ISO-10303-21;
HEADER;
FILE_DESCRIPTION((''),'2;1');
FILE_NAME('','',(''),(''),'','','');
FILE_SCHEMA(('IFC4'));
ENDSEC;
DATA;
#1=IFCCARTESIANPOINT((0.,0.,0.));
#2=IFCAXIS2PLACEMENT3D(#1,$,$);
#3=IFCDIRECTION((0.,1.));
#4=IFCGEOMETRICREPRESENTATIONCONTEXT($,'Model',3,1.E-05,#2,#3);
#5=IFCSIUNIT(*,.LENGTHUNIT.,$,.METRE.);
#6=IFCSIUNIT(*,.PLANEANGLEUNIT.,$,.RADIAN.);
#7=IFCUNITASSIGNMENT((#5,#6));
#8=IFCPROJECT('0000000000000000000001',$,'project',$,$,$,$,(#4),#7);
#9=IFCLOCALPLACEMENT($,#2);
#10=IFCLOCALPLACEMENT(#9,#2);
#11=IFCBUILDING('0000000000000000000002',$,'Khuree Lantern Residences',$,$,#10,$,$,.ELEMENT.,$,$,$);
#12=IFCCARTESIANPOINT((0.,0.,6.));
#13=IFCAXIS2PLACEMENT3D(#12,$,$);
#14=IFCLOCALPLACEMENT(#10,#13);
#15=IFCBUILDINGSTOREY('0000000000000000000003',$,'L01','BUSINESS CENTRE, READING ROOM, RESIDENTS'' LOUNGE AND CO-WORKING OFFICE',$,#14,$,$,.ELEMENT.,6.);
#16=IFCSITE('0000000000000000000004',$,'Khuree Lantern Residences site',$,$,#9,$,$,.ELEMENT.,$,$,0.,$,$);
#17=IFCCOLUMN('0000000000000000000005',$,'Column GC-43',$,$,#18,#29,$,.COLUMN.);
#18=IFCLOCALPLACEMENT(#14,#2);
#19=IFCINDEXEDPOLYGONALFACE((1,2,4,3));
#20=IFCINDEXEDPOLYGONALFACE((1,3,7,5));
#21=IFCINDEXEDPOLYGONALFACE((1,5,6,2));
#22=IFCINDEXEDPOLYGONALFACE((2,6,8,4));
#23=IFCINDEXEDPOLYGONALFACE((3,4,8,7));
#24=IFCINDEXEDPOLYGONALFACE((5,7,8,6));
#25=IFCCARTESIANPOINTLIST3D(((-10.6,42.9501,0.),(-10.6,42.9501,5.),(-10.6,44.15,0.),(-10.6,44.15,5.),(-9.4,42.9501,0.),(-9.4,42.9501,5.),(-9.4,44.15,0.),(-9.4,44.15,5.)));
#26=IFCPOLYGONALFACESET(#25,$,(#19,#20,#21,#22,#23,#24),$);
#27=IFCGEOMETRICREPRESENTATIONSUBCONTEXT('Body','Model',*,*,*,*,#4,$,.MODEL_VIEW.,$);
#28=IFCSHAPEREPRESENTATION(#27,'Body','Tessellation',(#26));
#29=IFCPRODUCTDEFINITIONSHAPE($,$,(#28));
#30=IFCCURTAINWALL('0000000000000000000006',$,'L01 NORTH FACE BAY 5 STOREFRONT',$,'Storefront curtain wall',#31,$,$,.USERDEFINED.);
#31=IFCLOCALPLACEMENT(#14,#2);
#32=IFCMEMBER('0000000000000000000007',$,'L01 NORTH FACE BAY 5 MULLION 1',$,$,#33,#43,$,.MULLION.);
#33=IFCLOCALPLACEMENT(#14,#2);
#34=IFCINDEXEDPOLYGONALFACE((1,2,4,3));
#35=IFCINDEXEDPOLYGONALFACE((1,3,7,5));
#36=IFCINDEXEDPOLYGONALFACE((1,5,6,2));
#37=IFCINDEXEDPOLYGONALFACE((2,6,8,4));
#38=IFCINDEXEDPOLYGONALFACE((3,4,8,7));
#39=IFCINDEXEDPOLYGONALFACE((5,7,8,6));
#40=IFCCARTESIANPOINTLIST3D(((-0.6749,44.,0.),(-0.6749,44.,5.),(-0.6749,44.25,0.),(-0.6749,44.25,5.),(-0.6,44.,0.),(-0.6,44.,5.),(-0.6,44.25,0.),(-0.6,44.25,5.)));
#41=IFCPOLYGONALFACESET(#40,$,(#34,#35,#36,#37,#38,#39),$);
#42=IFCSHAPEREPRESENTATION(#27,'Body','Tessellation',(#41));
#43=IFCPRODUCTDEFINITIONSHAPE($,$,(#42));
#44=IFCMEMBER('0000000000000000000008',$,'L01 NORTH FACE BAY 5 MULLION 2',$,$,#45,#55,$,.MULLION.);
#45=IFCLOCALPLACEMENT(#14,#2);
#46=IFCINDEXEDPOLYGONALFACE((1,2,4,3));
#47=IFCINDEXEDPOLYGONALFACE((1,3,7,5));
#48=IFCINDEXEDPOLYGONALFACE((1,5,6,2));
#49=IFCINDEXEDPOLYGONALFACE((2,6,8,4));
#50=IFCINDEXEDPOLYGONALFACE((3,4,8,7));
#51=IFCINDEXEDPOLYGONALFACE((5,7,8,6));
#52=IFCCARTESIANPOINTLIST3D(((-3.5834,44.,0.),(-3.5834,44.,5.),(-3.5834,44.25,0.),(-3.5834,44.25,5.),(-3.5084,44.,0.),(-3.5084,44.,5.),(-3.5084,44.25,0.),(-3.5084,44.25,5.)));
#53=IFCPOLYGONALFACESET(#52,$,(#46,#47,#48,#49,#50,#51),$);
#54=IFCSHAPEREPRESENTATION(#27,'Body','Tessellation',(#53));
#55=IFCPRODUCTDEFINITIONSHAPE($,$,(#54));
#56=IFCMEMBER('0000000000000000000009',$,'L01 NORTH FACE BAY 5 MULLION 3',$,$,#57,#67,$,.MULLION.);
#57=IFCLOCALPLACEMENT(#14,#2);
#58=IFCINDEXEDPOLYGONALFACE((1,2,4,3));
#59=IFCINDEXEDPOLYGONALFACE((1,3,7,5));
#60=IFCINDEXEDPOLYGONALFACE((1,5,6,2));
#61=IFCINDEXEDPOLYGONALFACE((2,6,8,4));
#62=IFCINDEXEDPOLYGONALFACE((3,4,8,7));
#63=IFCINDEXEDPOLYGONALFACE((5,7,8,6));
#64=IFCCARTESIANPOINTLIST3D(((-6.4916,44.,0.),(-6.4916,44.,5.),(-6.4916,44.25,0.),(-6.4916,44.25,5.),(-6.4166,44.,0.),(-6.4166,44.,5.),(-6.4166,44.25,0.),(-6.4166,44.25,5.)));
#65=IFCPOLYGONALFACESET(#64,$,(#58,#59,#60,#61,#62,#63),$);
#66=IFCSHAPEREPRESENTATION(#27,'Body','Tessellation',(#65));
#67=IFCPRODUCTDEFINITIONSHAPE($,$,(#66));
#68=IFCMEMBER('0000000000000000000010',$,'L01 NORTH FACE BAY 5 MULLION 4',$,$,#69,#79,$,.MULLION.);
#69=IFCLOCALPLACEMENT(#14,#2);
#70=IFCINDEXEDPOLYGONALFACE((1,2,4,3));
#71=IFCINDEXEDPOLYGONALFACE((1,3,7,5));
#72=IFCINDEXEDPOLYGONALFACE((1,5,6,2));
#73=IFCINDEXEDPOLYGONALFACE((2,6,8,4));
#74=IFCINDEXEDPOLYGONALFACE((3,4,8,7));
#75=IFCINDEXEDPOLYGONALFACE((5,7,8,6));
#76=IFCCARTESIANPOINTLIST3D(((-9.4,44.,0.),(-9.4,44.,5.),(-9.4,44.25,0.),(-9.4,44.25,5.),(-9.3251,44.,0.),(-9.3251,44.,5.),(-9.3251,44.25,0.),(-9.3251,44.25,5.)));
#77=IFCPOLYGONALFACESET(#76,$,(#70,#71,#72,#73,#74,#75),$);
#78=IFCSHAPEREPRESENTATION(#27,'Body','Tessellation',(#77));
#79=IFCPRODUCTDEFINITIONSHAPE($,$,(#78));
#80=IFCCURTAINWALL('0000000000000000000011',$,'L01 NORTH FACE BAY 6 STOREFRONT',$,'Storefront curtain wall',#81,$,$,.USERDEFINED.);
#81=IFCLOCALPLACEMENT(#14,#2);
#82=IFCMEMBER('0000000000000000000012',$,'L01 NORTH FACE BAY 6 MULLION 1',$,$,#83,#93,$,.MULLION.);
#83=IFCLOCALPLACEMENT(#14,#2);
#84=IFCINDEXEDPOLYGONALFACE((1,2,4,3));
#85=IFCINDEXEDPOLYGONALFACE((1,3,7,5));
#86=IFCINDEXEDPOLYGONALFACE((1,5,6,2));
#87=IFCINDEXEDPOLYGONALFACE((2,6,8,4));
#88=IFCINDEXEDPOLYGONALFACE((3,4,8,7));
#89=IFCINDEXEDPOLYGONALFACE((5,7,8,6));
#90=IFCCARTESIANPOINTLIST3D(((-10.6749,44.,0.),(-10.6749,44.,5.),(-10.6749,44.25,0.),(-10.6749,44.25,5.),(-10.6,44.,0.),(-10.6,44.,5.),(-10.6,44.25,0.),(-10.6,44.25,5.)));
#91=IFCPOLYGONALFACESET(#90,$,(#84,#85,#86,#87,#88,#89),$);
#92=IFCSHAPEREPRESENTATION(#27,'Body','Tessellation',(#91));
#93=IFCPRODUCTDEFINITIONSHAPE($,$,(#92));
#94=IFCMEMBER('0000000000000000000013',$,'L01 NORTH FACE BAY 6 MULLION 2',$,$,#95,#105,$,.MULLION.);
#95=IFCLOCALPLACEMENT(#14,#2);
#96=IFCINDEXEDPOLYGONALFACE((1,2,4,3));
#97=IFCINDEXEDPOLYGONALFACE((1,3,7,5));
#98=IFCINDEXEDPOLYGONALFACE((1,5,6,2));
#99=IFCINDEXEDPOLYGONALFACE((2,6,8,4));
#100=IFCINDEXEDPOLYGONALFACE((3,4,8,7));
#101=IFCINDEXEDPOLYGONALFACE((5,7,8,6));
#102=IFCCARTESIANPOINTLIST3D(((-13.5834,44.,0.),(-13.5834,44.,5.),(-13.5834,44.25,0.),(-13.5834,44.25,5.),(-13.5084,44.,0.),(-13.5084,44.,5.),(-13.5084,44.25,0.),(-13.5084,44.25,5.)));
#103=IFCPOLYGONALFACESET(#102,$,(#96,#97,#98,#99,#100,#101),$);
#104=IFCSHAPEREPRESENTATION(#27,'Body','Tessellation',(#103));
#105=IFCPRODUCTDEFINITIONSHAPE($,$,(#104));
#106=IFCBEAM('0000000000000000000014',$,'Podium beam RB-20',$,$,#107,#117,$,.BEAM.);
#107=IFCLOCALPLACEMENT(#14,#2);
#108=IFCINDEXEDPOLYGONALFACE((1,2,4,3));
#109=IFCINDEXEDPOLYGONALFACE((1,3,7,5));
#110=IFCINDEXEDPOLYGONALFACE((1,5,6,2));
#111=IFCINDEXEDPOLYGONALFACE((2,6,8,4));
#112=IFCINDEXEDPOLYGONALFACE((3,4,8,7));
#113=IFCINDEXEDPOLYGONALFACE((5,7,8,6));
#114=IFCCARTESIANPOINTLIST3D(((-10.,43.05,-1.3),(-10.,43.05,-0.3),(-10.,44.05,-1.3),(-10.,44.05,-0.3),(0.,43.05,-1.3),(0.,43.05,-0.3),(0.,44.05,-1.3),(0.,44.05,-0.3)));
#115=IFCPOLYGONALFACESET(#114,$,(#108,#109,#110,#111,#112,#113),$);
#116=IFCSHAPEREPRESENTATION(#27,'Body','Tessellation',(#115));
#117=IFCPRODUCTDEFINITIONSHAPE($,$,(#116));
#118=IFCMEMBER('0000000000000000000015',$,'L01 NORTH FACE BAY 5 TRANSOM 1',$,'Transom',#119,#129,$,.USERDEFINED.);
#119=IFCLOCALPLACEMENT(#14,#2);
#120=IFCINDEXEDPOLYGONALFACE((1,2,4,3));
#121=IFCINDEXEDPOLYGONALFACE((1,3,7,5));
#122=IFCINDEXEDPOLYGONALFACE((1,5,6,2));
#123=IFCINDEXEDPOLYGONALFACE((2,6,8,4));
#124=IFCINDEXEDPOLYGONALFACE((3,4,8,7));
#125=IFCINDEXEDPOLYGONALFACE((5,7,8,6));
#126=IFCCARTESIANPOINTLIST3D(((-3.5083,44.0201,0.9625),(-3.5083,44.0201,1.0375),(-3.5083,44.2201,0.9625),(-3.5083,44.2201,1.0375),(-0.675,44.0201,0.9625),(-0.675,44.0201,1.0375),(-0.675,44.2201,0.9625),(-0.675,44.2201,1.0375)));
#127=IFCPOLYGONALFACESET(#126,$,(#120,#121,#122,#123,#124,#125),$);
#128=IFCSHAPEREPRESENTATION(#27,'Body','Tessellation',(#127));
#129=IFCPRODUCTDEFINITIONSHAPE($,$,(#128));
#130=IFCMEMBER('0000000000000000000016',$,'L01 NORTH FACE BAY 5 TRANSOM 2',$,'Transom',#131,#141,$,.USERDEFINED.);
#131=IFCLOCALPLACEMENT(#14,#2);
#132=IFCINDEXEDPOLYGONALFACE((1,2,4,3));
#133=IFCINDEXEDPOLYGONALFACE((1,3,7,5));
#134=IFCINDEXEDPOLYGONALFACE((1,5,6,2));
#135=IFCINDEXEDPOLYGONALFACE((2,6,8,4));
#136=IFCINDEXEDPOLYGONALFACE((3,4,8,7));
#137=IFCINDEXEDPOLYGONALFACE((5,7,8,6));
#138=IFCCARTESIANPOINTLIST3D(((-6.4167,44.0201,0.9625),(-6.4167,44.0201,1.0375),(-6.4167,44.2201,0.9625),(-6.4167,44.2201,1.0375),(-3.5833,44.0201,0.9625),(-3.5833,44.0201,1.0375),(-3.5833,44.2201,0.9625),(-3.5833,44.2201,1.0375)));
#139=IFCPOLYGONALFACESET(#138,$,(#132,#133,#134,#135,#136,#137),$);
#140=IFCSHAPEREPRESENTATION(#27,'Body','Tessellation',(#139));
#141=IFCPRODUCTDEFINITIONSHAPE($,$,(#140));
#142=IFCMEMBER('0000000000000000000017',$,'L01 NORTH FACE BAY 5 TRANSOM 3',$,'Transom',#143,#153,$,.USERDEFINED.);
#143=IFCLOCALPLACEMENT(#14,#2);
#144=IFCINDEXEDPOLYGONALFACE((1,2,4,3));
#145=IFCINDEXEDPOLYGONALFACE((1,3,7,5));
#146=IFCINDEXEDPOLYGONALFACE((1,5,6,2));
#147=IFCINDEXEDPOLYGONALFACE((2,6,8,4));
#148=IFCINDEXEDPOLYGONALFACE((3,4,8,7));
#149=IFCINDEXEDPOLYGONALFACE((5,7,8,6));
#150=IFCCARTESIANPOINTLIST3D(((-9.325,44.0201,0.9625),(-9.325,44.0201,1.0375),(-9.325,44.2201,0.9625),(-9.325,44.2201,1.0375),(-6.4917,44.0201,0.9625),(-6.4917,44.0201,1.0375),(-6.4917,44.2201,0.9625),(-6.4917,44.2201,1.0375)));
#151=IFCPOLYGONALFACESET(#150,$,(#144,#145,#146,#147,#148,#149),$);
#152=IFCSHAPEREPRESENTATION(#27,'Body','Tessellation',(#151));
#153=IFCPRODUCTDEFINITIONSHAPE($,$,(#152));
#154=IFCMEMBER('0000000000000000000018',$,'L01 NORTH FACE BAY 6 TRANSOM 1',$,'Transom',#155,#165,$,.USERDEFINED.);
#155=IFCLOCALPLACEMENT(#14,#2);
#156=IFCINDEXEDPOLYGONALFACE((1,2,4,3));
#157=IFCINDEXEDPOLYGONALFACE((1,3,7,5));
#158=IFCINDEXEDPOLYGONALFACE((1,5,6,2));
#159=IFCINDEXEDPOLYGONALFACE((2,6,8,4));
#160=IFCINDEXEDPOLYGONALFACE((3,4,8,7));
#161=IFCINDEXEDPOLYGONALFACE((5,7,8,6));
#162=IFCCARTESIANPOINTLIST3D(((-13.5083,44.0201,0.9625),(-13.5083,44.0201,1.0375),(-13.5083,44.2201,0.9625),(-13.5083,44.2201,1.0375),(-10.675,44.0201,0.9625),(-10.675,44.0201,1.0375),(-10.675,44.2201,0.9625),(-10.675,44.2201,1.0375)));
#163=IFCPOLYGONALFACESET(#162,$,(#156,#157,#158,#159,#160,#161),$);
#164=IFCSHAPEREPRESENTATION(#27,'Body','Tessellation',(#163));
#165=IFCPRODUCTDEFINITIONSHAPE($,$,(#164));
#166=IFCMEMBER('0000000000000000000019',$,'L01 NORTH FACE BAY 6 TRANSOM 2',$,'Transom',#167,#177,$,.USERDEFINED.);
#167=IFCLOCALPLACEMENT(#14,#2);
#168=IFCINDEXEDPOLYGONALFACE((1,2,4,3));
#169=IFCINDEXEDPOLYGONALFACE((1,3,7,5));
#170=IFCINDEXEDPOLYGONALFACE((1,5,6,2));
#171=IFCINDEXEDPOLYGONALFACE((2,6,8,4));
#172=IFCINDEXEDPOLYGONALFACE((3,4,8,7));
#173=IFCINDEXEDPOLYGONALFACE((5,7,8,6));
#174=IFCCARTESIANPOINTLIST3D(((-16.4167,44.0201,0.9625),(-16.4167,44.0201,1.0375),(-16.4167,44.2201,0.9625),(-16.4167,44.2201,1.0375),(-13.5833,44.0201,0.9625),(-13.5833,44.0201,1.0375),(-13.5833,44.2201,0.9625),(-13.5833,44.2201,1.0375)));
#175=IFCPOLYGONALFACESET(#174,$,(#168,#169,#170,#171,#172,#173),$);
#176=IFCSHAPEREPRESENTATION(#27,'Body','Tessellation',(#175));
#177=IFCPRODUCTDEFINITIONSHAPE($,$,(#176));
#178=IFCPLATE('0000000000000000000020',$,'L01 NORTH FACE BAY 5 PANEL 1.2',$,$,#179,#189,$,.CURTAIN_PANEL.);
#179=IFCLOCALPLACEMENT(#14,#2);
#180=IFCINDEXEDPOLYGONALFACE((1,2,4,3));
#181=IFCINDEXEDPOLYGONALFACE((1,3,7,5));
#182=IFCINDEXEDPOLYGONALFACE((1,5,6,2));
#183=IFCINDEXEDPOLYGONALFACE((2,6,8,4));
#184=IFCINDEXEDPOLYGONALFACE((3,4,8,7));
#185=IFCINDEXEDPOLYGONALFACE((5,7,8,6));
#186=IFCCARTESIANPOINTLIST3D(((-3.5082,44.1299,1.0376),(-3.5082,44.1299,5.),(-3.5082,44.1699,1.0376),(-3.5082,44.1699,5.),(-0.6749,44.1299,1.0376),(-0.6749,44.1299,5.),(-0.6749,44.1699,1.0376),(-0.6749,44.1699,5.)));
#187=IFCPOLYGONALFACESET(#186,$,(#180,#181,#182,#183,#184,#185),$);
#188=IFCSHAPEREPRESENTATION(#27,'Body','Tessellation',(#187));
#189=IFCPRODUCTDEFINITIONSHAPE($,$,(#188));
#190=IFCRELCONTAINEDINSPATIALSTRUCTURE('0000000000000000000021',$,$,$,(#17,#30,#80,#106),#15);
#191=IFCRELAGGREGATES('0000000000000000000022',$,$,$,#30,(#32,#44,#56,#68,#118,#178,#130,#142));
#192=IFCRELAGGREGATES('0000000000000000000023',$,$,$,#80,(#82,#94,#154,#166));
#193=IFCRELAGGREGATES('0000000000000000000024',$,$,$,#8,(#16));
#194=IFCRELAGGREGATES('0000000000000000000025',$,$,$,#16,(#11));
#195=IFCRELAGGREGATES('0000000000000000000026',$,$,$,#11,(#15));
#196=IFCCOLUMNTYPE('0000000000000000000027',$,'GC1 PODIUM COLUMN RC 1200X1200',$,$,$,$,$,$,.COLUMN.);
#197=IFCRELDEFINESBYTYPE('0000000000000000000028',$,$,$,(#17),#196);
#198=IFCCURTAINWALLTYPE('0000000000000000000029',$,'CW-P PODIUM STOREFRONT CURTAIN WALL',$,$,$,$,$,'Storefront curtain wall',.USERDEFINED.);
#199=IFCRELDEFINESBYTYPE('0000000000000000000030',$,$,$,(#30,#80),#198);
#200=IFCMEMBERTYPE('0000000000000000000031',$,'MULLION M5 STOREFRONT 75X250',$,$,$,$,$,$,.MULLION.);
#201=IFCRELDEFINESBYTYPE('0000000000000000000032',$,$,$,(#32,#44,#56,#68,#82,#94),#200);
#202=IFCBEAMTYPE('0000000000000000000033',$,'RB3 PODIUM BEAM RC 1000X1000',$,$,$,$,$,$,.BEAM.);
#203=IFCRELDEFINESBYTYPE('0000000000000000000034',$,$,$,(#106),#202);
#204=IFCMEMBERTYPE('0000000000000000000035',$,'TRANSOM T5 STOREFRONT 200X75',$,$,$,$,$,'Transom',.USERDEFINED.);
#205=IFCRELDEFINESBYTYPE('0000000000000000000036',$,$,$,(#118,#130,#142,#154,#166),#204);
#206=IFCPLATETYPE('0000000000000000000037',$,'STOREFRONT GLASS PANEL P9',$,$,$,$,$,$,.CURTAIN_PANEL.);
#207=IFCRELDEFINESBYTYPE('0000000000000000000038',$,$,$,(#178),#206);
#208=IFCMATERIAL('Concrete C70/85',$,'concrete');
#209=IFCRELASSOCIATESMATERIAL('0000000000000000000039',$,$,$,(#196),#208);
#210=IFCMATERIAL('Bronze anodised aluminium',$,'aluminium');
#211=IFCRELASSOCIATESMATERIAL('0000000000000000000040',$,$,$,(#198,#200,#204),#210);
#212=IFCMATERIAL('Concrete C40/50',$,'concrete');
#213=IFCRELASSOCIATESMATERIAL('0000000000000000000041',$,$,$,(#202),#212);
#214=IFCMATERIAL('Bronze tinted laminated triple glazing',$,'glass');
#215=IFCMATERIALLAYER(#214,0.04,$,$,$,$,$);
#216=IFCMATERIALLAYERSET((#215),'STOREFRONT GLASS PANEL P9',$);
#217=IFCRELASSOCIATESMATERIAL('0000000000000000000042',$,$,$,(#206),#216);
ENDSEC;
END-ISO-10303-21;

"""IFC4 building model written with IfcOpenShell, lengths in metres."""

from ifc_helpers import new_model, si_unit, direction, frame, origin, origin_2d, place, context, subcontext, project, spatial, rectangle, extrude, material, layer, layer_set, material_profile, profile_set, type_object, element, aggregate, save


model = new_model("IFC4")

# Units and contexts
model_context = context("Model", 3, precision=1e-05, world=origin(), true_north=direction((0.0, 1.0)))
body_context = subcontext(model_context, "Body", "Model", "MODEL_VIEW")
ifc_project = project(units=[si_unit("LENGTHUNIT", "METRE"), si_unit("PLANEANGLEUNIT", "RADIAN")], contexts=[model_context])

# Site, building, storey
site_placement = place(None, origin())
site = spatial("IfcSite", under=ifc_project, at=site_placement, Name="Khuree Lantern Residences site", CompositionType="ELEMENT", RefElevation=0.0)
building_placement = place(site_placement, origin())
building = spatial("IfcBuilding", under=site, at=building_placement, Name="Khuree Lantern Residences", CompositionType="ELEMENT")
storey_placement = place(building_placement, frame((0.0, 0.0, 6.0)))
storey = spatial("IfcBuildingStorey", under=building, at=storey_placement, Name="L01", Description="BUSINESS CENTRE, READING ROOM, RESIDENTS' LOUNGE AND CO-WORKING OFFICE", CompositionType="ELEMENT", Elevation=6.0)

# Column
ifc_material_1 = material(Name="Concrete C70/85", Category="concrete")
ifc_material_profile_1 = material_profile(ifc_material_1, rectangle(XDim=1.2, YDim=1.2, at=origin_2d()), Name="RC 1200X1200")
ifc_profile_set_1 = profile_set([ifc_material_profile_1], Name="Concrete C70/85")
column_type = type_object("IfcColumnType", Name="GC1 PODIUM COLUMN RC 1200X1200", PredefinedType="COLUMN", material=ifc_profile_set_1)
column_placement = place(storey_placement, frame((-10.0, 43.55, 0.0), z_axis=(0.0, 0.0, 1.0), x_axis=(1.0, 0.0, 0.0)))
element("IfcColumn", 1, at=column_placement, inside=storey, type_object=column_type, Name="Column GC-43", PredefinedType="COLUMN", context=body_context, shape_type="SweptSolid", body=[
    extrude(rectangle(XDim=1.2, YDim=1.2, at=origin_2d()), origin(), (0.0, 0.0, 1.0), 5.0),
])

# Curtain walls, members
ifc_material_2 = material(Name="Bronze anodised aluminium", Category="aluminium")
curtain_wall_type = type_object("IfcCurtainWallType", Name="CW-P PODIUM STOREFRONT CURTAIN WALL", ElementType="Storefront curtain wall", PredefinedType="USERDEFINED", material=ifc_material_2)
curtain_wall_1_placement = place(storey_placement, origin())
curtain_wall_1 = element("IfcCurtainWall", 2, at=curtain_wall_1_placement, inside=storey, type_object=curtain_wall_type, Name="L01 NORTH FACE BAY 5 STOREFRONT", ObjectType="Storefront curtain wall", PredefinedType="USERDEFINED")
ifc_material_profile_2 = material_profile(ifc_material_2, rectangle(XDim=0.075, YDim=0.25, at=origin_2d()), Name="M5 75X250")
ifc_profile_set_2 = profile_set([ifc_material_profile_2], Name="Bronze anodised aluminium")
member_type_1 = type_object("IfcMemberType", Name="MULLION M5 STOREFRONT 75X250", PredefinedType="MULLION", material=ifc_profile_set_2)
member_1_placement = place(storey_placement, frame((-0.6375, 44.125, 0.0), z_axis=(0.0, 0.0, 1.0), x_axis=(-1.0, 0.0, 0.0)))
member_1 = element("IfcMember", 3, at=member_1_placement, type_object=member_type_1, Name="L01 NORTH FACE BAY 5 MULLION 1", PredefinedType="MULLION", context=body_context, shape_type="SweptSolid", body=[
    extrude(rectangle(XDim=0.075, YDim=0.25, at=origin_2d()), origin(), (0.0, 0.0, 1.0), 5.0),
])
member_2_placement = place(storey_placement, frame((-3.5459, 44.125, 0.0), z_axis=(0.0, 0.0, 1.0), x_axis=(-1.0, 0.0, 0.0)))
member_2 = element("IfcMember", 4, at=member_2_placement, type_object=member_type_1, Name="L01 NORTH FACE BAY 5 MULLION 2", PredefinedType="MULLION", context=body_context, shape_type="SweptSolid", body=[
    extrude(rectangle(XDim=0.075, YDim=0.25, at=origin_2d()), origin(), (0.0, 0.0, 1.0), 5.0),
])
member_3_placement = place(storey_placement, frame((-6.4541, 44.125, 0.0), z_axis=(0.0, 0.0, 1.0), x_axis=(-1.0, 0.0, 0.0)))
member_3 = element("IfcMember", 5, at=member_3_placement, type_object=member_type_1, Name="L01 NORTH FACE BAY 5 MULLION 3", PredefinedType="MULLION", context=body_context, shape_type="SweptSolid", body=[
    extrude(rectangle(XDim=0.075, YDim=0.25, at=origin_2d()), origin(), (0.0, 0.0, 1.0), 5.0),
])
member_4_placement = place(storey_placement, frame((-9.3625, 44.125, 0.0), z_axis=(0.0, 0.0, 1.0), x_axis=(-1.0, 0.0, 0.0)))
member_4 = element("IfcMember", 6, at=member_4_placement, type_object=member_type_1, Name="L01 NORTH FACE BAY 5 MULLION 4", PredefinedType="MULLION", context=body_context, shape_type="SweptSolid", body=[
    extrude(rectangle(XDim=0.075, YDim=0.25, at=origin_2d()), origin(), (0.0, 0.0, 1.0), 5.0),
])
curtain_wall_2_placement = place(storey_placement, origin())
curtain_wall_2 = element("IfcCurtainWall", 7, at=curtain_wall_2_placement, inside=storey, type_object=curtain_wall_type, Name="L01 NORTH FACE BAY 6 STOREFRONT", ObjectType="Storefront curtain wall", PredefinedType="USERDEFINED")
member_5_placement = place(storey_placement, frame((-10.6375, 44.125, 0.0), z_axis=(0.0, 0.0, 1.0), x_axis=(-1.0, 0.0, 0.0)))
member_5 = element("IfcMember", 8, at=member_5_placement, type_object=member_type_1, Name="L01 NORTH FACE BAY 6 MULLION 1", PredefinedType="MULLION", context=body_context, shape_type="SweptSolid", body=[
    extrude(rectangle(XDim=0.075, YDim=0.25, at=origin_2d()), origin(), (0.0, 0.0, 1.0), 5.0),
])
member_6_placement = place(storey_placement, frame((-13.5459, 44.125, 0.0), z_axis=(0.0, 0.0, 1.0), x_axis=(-1.0, 0.0, 0.0)))
member_6 = element("IfcMember", 9, at=member_6_placement, type_object=member_type_1, Name="L01 NORTH FACE BAY 6 MULLION 2", PredefinedType="MULLION", context=body_context, shape_type="SweptSolid", body=[
    extrude(rectangle(XDim=0.075, YDim=0.25, at=origin_2d()), origin(), (0.0, 0.0, 1.0), 5.0),
])

# Beam
ifc_material_3 = material(Name="Concrete C40/50", Category="concrete")
ifc_material_profile_3 = material_profile(ifc_material_3, rectangle(XDim=1.0, YDim=1.0, at=origin_2d()), Name="RC 1000X1000")
ifc_profile_set_3 = profile_set([ifc_material_profile_3], Name="Concrete C40/50")
beam_type = type_object("IfcBeamType", Name="RB3 PODIUM BEAM RC 1000X1000", PredefinedType="BEAM", material=ifc_profile_set_3)
beam_placement = place(storey_placement, frame((-10.0, 43.55, -0.8), z_axis=(1.0, 0.0, 0.0), x_axis=(0.0, 1.0, 0.0)))
element("IfcBeam", 10, at=beam_placement, inside=storey, type_object=beam_type, Name="Podium beam RB-20", PredefinedType="BEAM", context=body_context, shape_type="SweptSolid", body=[
    extrude(rectangle(XDim=1.0, YDim=1.0, at=origin_2d()), origin(), (0.0, 0.0, 1.0), 10.0),
])

# Members
ifc_material_profile_4 = material_profile(ifc_material_2, rectangle(XDim=0.2, YDim=0.075, at=origin_2d()), Name="T5 200X75")
ifc_profile_set_4 = profile_set([ifc_material_profile_4], Name="Bronze anodised aluminium")
member_type_2 = type_object("IfcMemberType", Name="TRANSOM T5 STOREFRONT 200X75", ElementType="Transom", PredefinedType="USERDEFINED", material=ifc_profile_set_4)
member_7_placement = place(storey_placement, frame((-0.675, 44.1201, 1.0), z_axis=(-1.0, 0.0, 0.0), x_axis=(0.0, -1.0, 0.0)))
member_7 = element("IfcMember", 11, at=member_7_placement, type_object=member_type_2, Name="L01 NORTH FACE BAY 5 TRANSOM 1", ObjectType="Transom", PredefinedType="USERDEFINED", context=body_context, shape_type="SweptSolid", body=[
    extrude(rectangle(XDim=0.2, YDim=0.075, at=origin_2d()), origin(), (0.0, 0.0, 1.0), 2.8333),
])
member_8_placement = place(storey_placement, frame((-3.5833, 44.1201, 1.0), z_axis=(-1.0, 0.0, 0.0), x_axis=(0.0, -1.0, 0.0)))
member_8 = element("IfcMember", 12, at=member_8_placement, type_object=member_type_2, Name="L01 NORTH FACE BAY 5 TRANSOM 2", ObjectType="Transom", PredefinedType="USERDEFINED", context=body_context, shape_type="SweptSolid", body=[
    extrude(rectangle(XDim=0.2, YDim=0.075, at=origin_2d()), origin(), (0.0, 0.0, 1.0), 2.8335),
])
member_9_placement = place(storey_placement, frame((-6.4917, 44.1201, 1.0), z_axis=(-1.0, 0.0, 0.0), x_axis=(0.0, -1.0, 0.0)))
member_9 = element("IfcMember", 13, at=member_9_placement, type_object=member_type_2, Name="L01 NORTH FACE BAY 5 TRANSOM 3", ObjectType="Transom", PredefinedType="USERDEFINED", context=body_context, shape_type="SweptSolid", body=[
    extrude(rectangle(XDim=0.2, YDim=0.075, at=origin_2d()), origin(), (0.0, 0.0, 1.0), 2.8333),
])
member_10_placement = place(storey_placement, frame((-10.675, 44.1201, 1.0), z_axis=(-1.0, 0.0, 0.0), x_axis=(0.0, -1.0, 0.0)))
member_10 = element("IfcMember", 14, at=member_10_placement, type_object=member_type_2, Name="L01 NORTH FACE BAY 6 TRANSOM 1", ObjectType="Transom", PredefinedType="USERDEFINED", context=body_context, shape_type="SweptSolid", body=[
    extrude(rectangle(XDim=0.2, YDim=0.075, at=origin_2d()), origin(), (0.0, 0.0, 1.0), 2.8333),
])
member_11_placement = place(storey_placement, frame((-13.5833, 44.1201, 1.0), z_axis=(-1.0, 0.0, 0.0), x_axis=(0.0, -1.0, 0.0)))
member_11 = element("IfcMember", 15, at=member_11_placement, type_object=member_type_2, Name="L01 NORTH FACE BAY 6 TRANSOM 2", ObjectType="Transom", PredefinedType="USERDEFINED", context=body_context, shape_type="SweptSolid", body=[
    extrude(rectangle(XDim=0.2, YDim=0.075, at=origin_2d()), origin(), (0.0, 0.0, 1.0), 2.8335),
])

# Plate
ifc_material_4 = material(Name="Bronze tinted laminated triple glazing", Category="glass")
ifc_layer_1 = layer(ifc_material_4, 0.04)
ifc_layer_set_1 = layer_set([ifc_layer_1], Name="STOREFRONT GLASS PANEL P9")
plate_type_1 = type_object("IfcPlateType", Name="STOREFRONT GLASS PANEL P9", PredefinedType="CURTAIN_PANEL", material=ifc_layer_set_1)
plate_1_placement = place(storey_placement, frame((-2.0916, 44.1499, 1.0376), z_axis=(0.0, 0.0, 1.0), x_axis=(-1.0, 0.0, 0.0)))
plate_1 = element("IfcPlate", 16, at=plate_1_placement, type_object=plate_type_1, Name="L01 NORTH FACE BAY 5 PANEL 1.2", PredefinedType="CURTAIN_PANEL", context=body_context, shape_type="SweptSolid", body=[
    extrude(rectangle(XDim=2.8333, YDim=0.04, at=origin_2d()), origin(), (0.0, 0.0, 1.0), 3.9624),
])
aggregate(curtain_wall_1, [member_1, member_2, member_3, member_4, member_7, plate_1, member_8, member_9])
aggregate(curtain_wall_2, [member_5, member_6, member_10, member_11])

save(model, "model.ifc")
